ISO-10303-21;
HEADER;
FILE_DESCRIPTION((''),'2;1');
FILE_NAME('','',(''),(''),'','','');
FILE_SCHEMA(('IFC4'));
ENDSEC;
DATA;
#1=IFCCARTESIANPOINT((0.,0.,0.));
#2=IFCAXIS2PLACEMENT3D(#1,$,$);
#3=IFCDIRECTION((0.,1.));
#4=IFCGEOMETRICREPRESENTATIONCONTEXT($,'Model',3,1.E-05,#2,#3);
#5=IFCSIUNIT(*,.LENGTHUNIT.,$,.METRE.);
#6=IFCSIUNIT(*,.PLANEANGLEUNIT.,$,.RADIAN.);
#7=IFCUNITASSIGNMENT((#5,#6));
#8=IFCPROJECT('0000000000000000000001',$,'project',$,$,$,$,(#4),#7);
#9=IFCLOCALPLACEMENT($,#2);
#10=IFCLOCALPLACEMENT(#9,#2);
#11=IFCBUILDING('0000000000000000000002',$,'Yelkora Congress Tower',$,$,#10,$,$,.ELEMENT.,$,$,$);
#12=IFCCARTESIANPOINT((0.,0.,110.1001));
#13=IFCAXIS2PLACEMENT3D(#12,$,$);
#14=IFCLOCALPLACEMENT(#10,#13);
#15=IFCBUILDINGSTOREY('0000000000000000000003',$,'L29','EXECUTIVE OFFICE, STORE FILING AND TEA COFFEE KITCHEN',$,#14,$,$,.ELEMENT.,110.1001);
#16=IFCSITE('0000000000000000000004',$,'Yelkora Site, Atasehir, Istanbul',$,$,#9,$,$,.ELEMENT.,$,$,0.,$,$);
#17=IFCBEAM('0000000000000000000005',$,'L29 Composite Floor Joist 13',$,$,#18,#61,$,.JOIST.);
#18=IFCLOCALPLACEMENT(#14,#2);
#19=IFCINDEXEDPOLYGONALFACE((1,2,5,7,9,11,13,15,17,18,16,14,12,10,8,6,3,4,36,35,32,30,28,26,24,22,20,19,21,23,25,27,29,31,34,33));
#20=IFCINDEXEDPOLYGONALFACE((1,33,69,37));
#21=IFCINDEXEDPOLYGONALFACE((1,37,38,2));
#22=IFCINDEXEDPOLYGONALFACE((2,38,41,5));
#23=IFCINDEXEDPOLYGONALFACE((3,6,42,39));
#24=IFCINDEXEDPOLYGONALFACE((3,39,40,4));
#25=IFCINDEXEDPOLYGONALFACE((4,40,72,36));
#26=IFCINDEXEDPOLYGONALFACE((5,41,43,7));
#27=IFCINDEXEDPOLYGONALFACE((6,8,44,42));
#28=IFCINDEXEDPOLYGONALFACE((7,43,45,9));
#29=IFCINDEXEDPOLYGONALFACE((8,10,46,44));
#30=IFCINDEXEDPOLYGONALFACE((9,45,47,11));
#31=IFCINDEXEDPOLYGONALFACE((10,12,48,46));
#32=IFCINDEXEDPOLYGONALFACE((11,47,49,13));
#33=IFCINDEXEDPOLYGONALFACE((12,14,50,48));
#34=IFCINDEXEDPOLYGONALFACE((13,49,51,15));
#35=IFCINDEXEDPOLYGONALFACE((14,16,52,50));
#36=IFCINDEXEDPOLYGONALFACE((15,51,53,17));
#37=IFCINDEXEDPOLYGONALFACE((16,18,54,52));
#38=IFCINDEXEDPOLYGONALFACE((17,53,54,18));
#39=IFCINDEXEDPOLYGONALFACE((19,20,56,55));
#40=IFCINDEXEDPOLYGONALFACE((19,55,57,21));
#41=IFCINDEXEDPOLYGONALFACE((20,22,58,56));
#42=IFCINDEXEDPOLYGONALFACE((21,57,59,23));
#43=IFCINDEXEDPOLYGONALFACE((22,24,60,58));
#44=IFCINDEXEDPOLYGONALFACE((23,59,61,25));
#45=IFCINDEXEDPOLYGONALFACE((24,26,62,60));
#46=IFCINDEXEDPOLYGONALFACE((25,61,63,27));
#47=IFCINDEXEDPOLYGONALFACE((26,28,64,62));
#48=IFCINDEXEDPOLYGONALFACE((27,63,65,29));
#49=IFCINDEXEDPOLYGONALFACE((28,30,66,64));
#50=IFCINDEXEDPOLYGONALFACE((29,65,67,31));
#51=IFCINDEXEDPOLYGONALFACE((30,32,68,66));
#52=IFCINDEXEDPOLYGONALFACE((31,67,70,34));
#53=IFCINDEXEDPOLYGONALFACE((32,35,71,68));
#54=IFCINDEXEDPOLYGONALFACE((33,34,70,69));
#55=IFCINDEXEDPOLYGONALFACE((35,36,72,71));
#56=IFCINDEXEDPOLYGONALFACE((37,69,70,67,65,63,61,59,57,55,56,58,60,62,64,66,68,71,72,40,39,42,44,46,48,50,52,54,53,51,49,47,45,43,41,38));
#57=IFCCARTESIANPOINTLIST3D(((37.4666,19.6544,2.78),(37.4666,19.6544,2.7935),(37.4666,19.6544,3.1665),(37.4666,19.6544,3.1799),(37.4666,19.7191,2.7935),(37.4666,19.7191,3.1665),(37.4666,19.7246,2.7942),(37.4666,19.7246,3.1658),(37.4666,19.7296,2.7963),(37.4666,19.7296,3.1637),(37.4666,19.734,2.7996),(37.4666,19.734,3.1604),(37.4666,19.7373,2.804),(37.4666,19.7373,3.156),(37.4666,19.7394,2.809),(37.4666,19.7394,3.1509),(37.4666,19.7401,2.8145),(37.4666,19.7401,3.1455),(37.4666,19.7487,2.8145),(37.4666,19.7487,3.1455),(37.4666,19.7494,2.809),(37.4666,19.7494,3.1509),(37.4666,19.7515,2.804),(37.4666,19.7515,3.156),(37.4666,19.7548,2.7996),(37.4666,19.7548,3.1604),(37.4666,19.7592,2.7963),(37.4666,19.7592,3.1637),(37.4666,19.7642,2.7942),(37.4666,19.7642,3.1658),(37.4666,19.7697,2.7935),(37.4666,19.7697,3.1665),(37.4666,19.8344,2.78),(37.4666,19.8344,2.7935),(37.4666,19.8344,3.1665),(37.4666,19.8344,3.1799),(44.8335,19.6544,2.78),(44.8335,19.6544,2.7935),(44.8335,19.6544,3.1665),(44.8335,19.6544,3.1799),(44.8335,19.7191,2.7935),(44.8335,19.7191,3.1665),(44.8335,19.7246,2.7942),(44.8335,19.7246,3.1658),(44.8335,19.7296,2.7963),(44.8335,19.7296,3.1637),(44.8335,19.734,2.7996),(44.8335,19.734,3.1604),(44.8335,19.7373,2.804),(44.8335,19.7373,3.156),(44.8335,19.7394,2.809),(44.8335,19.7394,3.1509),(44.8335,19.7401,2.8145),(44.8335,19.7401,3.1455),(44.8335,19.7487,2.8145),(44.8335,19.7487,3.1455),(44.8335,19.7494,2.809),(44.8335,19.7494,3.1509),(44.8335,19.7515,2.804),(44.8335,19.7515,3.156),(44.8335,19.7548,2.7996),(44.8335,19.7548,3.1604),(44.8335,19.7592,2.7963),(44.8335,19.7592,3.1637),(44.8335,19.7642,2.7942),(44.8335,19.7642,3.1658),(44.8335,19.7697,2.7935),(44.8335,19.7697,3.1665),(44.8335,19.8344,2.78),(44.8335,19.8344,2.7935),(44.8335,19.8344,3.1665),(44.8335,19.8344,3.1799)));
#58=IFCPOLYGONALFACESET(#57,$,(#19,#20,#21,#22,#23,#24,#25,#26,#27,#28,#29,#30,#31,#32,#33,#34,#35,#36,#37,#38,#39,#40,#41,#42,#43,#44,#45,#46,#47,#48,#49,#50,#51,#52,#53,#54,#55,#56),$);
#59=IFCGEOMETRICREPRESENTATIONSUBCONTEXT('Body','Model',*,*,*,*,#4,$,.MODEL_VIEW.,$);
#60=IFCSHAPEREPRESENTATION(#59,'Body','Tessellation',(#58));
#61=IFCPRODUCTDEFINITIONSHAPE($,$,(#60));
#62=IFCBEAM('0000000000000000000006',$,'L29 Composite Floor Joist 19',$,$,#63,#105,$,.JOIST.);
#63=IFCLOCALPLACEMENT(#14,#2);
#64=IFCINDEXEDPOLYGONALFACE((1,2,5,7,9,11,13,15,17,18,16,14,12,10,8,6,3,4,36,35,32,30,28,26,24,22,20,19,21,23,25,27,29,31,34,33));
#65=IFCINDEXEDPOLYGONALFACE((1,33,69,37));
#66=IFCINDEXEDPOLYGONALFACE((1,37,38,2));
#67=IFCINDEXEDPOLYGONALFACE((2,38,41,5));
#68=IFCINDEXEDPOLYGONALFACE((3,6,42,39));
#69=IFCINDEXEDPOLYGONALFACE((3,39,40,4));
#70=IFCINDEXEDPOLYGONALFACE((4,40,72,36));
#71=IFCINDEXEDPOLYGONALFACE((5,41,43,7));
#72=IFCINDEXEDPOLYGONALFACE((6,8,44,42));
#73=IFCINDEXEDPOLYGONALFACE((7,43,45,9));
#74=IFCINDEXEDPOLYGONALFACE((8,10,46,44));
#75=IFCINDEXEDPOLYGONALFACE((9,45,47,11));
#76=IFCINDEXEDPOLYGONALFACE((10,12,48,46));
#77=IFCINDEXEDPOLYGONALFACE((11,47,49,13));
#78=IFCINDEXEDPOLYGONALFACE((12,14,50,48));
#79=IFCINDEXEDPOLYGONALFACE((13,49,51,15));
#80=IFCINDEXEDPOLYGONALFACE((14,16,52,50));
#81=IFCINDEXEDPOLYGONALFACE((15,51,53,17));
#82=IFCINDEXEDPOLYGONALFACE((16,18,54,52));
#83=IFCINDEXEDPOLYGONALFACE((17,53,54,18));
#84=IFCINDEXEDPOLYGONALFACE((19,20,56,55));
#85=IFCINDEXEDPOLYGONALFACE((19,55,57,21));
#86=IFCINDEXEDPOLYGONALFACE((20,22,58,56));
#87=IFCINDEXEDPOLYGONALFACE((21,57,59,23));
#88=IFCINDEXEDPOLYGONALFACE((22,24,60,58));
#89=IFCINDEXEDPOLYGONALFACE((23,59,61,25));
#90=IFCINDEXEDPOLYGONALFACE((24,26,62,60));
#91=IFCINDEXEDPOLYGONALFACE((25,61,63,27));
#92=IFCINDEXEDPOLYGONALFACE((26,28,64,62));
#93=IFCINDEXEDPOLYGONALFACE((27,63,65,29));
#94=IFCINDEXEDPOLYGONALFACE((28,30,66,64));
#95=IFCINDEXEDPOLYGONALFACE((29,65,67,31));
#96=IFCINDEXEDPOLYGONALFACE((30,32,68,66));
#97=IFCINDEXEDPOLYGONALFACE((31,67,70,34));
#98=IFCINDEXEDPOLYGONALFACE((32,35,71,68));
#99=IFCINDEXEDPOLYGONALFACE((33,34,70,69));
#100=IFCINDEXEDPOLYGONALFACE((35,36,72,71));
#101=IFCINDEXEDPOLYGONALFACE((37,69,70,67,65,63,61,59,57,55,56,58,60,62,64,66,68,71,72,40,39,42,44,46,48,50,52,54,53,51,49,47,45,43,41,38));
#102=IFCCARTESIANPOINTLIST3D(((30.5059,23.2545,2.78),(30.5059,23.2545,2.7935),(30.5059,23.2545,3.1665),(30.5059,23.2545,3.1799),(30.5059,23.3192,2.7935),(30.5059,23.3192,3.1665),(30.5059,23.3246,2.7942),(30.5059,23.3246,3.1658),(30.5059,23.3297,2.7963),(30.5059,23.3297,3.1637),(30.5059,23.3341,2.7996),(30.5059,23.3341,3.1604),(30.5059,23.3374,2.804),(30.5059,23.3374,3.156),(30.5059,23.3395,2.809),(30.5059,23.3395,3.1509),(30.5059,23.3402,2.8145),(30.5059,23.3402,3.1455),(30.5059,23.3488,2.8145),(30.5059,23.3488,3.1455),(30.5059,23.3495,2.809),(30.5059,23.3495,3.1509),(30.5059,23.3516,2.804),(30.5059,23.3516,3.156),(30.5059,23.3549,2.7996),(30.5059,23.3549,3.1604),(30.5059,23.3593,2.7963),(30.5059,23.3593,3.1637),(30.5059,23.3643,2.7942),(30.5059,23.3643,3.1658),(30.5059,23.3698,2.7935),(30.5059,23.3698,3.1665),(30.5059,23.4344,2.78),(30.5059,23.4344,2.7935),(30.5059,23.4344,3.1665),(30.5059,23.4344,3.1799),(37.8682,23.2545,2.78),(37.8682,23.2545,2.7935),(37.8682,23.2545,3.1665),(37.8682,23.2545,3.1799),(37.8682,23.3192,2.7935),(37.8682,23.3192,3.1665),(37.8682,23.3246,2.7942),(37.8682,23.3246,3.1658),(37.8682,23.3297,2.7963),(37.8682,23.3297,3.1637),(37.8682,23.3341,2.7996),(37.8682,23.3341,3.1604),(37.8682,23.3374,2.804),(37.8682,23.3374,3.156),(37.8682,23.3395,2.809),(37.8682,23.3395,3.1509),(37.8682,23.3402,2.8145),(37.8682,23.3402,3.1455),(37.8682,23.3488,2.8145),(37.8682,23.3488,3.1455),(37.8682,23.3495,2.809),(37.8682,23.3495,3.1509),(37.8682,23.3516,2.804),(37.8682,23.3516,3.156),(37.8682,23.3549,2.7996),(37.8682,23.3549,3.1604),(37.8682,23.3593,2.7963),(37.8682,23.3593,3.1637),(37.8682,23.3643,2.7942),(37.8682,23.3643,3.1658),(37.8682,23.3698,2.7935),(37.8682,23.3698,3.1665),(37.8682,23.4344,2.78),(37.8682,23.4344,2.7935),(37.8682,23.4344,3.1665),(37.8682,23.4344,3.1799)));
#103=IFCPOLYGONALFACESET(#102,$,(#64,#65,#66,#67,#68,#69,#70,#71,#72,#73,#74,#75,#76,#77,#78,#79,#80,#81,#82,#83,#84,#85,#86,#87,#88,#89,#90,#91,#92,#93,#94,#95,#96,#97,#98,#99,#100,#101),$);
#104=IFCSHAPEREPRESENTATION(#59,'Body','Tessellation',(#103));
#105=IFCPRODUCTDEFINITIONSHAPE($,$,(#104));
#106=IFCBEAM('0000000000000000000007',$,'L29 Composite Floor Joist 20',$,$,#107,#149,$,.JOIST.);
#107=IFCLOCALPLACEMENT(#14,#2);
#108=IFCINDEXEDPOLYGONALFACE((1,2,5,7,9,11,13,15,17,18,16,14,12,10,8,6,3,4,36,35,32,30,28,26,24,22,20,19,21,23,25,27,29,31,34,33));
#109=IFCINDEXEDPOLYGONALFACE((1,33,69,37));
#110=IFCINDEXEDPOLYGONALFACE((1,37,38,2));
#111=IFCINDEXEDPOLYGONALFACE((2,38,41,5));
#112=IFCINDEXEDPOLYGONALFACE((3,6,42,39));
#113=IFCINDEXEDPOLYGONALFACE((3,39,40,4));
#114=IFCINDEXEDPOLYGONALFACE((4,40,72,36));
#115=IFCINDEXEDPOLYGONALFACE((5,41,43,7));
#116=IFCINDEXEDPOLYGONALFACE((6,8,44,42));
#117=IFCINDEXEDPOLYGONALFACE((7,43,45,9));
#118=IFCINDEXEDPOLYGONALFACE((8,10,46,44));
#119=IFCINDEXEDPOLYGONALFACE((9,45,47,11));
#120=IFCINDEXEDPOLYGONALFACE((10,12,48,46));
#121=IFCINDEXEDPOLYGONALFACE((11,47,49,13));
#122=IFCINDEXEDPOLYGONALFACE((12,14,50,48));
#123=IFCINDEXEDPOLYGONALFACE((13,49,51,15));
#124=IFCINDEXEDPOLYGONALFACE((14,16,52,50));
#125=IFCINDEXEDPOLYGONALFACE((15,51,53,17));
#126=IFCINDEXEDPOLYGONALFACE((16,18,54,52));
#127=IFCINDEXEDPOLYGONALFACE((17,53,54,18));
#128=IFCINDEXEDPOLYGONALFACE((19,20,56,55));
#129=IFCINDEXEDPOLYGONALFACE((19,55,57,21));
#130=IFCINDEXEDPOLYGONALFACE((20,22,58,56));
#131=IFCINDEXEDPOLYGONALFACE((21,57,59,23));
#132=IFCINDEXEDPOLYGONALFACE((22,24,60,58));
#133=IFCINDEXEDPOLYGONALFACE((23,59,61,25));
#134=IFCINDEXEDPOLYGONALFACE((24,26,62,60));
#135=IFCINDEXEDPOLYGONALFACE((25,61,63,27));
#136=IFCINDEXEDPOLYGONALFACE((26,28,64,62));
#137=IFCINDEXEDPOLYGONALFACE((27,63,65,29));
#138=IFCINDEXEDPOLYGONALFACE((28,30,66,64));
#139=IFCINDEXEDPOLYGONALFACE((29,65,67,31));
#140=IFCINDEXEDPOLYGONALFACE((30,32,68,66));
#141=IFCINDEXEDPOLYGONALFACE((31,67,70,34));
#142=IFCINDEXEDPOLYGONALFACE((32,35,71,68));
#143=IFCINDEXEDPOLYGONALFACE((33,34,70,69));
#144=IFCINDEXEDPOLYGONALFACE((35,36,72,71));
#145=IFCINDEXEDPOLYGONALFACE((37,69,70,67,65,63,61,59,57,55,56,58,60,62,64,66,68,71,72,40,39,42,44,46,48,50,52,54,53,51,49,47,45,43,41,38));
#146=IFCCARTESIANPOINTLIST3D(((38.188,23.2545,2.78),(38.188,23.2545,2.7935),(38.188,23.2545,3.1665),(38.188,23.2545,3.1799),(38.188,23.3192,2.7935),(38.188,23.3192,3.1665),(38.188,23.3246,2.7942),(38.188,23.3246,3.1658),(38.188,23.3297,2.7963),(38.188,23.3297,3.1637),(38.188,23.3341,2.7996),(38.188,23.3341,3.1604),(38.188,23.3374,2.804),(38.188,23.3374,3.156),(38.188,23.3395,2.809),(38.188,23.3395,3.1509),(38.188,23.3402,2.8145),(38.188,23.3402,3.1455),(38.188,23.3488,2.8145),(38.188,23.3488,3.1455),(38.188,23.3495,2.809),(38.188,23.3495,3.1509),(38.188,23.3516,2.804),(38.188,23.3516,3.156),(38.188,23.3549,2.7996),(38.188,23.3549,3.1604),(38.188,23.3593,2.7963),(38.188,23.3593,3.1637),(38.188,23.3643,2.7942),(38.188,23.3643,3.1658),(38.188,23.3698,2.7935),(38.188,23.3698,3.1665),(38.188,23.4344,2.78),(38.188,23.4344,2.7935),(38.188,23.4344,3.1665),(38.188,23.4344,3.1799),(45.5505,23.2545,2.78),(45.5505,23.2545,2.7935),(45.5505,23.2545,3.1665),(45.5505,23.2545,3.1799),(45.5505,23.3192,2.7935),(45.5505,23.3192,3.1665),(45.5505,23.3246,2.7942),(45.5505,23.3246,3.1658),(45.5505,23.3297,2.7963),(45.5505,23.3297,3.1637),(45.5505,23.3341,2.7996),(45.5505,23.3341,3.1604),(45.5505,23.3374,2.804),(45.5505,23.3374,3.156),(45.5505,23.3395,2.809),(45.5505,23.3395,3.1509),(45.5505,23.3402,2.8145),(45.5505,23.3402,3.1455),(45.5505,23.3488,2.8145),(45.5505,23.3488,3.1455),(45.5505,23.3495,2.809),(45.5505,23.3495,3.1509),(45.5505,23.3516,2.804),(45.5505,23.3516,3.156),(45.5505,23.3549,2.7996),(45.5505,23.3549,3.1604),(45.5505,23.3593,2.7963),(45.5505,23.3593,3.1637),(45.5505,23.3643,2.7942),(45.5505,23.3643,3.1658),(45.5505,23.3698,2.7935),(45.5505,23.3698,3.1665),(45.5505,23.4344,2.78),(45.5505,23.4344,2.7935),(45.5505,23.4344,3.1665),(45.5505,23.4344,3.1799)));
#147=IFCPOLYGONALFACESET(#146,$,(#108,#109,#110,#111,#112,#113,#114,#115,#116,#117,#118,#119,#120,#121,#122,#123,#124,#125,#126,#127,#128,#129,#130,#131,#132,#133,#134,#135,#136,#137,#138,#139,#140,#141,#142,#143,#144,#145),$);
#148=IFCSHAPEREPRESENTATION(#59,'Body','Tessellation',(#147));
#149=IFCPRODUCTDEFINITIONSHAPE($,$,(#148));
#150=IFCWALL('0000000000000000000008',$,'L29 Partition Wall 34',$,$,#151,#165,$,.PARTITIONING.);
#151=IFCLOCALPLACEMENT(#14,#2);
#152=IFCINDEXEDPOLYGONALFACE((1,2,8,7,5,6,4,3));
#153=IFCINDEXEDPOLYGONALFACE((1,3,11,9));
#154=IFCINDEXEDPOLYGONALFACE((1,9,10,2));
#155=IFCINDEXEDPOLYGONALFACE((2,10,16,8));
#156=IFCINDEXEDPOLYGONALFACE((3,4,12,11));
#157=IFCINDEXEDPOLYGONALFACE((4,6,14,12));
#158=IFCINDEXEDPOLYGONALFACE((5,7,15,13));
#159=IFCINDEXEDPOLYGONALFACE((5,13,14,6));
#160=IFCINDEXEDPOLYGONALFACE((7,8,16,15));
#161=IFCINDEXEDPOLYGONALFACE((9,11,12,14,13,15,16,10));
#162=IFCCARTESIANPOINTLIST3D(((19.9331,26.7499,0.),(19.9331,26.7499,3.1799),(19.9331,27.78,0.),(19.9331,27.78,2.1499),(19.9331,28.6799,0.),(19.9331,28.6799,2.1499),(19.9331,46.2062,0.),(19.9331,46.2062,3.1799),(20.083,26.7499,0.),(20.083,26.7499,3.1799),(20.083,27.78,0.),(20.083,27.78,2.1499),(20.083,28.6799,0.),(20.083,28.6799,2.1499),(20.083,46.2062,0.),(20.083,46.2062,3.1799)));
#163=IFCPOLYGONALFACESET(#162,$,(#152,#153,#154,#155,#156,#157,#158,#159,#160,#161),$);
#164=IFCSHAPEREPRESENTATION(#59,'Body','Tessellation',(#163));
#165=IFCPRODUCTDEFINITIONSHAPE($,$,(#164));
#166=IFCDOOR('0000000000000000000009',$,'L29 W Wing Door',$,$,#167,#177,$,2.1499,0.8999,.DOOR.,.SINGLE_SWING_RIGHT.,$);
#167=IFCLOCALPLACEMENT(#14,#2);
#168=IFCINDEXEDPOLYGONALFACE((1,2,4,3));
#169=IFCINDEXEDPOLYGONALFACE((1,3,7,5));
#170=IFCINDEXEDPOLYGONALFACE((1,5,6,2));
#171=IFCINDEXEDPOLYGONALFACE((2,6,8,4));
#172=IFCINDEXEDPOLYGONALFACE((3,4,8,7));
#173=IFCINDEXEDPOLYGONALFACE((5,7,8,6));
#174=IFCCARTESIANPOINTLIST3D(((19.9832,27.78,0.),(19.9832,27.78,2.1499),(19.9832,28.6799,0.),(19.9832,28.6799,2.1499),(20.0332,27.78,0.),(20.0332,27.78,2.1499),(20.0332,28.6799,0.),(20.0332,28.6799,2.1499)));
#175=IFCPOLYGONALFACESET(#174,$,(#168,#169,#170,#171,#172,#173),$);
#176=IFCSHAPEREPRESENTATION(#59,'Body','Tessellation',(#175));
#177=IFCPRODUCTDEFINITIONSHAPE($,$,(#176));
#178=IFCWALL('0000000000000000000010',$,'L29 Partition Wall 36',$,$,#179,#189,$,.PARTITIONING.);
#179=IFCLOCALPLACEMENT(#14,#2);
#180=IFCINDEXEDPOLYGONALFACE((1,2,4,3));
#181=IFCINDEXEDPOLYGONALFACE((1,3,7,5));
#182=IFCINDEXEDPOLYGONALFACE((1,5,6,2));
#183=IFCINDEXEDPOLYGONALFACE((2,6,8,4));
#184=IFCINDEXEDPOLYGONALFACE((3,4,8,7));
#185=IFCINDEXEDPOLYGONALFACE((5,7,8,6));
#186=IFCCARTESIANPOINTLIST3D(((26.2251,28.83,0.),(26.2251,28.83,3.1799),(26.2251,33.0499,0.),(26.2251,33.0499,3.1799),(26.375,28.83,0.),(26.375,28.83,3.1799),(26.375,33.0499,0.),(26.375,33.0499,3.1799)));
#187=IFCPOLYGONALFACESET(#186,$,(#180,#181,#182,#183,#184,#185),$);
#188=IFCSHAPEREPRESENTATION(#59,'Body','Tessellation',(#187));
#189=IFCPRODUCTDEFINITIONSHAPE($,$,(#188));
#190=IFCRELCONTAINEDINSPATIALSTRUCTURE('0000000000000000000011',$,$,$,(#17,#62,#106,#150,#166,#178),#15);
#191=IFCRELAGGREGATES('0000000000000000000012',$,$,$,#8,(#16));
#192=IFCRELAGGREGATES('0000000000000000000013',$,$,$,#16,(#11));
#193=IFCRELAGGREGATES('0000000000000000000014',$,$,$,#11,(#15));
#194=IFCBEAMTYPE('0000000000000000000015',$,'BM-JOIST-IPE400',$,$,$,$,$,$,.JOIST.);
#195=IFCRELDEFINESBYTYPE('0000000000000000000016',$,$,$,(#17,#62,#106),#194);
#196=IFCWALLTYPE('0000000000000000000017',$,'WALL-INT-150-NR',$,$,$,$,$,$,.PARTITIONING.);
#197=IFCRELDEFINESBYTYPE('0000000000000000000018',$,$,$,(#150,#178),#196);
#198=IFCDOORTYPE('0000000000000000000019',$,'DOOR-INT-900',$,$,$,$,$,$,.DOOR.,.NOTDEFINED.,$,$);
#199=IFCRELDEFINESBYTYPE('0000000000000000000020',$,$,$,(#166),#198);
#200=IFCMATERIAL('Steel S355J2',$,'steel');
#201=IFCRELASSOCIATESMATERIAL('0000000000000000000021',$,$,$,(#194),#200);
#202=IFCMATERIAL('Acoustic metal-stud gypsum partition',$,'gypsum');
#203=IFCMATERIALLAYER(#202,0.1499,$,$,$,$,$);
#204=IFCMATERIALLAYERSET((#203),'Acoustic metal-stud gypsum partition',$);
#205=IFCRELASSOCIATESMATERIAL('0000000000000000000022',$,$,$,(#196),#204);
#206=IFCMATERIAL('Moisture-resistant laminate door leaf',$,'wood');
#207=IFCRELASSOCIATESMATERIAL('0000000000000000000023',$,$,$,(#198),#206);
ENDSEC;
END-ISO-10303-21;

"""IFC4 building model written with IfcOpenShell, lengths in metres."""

from ifc_helpers import new_model, si_unit, direction, frame, frame_2d, origin, origin_2d, place, context, subcontext, project, spatial, rectangle, i_section, extrude, material, layer, layer_set, material_profile, profile_set, type_object, element, fill, save


model = new_model("IFC4")

# Units and contexts
model_context = context("Model", 3, precision=1e-05, world=origin(), true_north=direction((0.0, 1.0)))
body_context = subcontext(model_context, "Body", "Model", "MODEL_VIEW")
ifc_project = project(units=[si_unit("LENGTHUNIT", "METRE"), si_unit("PLANEANGLEUNIT", "RADIAN")], contexts=[model_context])

# Site, building, storey
site_placement = place(None, origin())
site = spatial("IfcSite", under=ifc_project, at=site_placement, Name="Yelkora Site, Atasehir, Istanbul", CompositionType="ELEMENT", RefElevation=0.0)
building_placement = place(site_placement, origin())
building = spatial("IfcBuilding", under=site, at=building_placement, Name="Yelkora Congress Tower", CompositionType="ELEMENT")
storey_placement = place(building_placement, frame((0.0, 0.0, 110.1001)))
storey = spatial("IfcBuildingStorey", under=building, at=storey_placement, Name="L29", Description="EXECUTIVE OFFICE, STORE FILING AND TEA COFFEE KITCHEN", CompositionType="ELEMENT", Elevation=110.1001)

# Beams
ifc_material_1 = material(Name="Steel S355J2", Category="steel")
ifc_material_profile_1 = material_profile(ifc_material_1, i_section(OverallWidth=0.1799, OverallDepth=0.3999, WebThickness=0.0085, FlangeThickness=0.0134, FilletRadius=0.021, at=origin_2d()), Name="IPE 400")
ifc_profile_set_1 = profile_set([ifc_material_profile_1], Name="Steel S355J2")
beam_type_1 = type_object("IfcBeamType", Name="BM-JOIST-IPE400", PredefinedType="JOIST", material=ifc_profile_set_1)
beam_1_placement = place(storey_placement, frame((37.4666, 19.7444, 2.98), z_axis=(1.0, 0.0, 0.0), x_axis=(0.0, 1.0, 0.0)))
element("IfcBeam", 1, at=beam_1_placement, inside=storey, type_object=beam_type_1, Name="L29 Composite Floor Joist 13", PredefinedType="JOIST", context=body_context, shape_type="SweptSolid", body=[
    extrude(i_section(OverallWidth=0.1799, OverallDepth=0.3999, WebThickness=0.0085, FlangeThickness=0.0134, FilletRadius=0.021, at=origin_2d()), origin(), (0.0, 0.0, 1.0), 7.3669),
])
beam_2_placement = place(storey_placement, frame((30.5059, 23.3445, 2.98), z_axis=(1.0, 0.0, 0.0), x_axis=(0.0, 1.0, 0.0)))
element("IfcBeam", 2, at=beam_2_placement, inside=storey, type_object=beam_type_1, Name="L29 Composite Floor Joist 19", PredefinedType="JOIST", context=body_context, shape_type="SweptSolid", body=[
    extrude(i_section(OverallWidth=0.1799, OverallDepth=0.3999, WebThickness=0.0085, FlangeThickness=0.0134, FilletRadius=0.021, at=origin_2d()), origin(), (0.0, 0.0, 1.0), 7.3623),
])
beam_3_placement = place(storey_placement, frame((38.188, 23.3445, 2.98), z_axis=(1.0, 0.0, 0.0), x_axis=(0.0, 1.0, 0.0)))
element("IfcBeam", 3, at=beam_3_placement, inside=storey, type_object=beam_type_1, Name="L29 Composite Floor Joist 20", PredefinedType="JOIST", context=body_context, shape_type="SweptSolid", body=[
    extrude(i_section(OverallWidth=0.1799, OverallDepth=0.3999, WebThickness=0.0085, FlangeThickness=0.0134, FilletRadius=0.021, at=origin_2d()), origin(), (0.0, 0.0, 1.0), 7.3625),
])

# Wall, opening, door
ifc_material_2 = material(Name="Acoustic metal-stud gypsum partition", Category="gypsum")
ifc_layer = layer(ifc_material_2, 0.1499)
ifc_layer_set = layer_set([ifc_layer], Name="Acoustic metal-stud gypsum partition")
wall_type = type_object("IfcWallType", Name="WALL-INT-150-NR", PredefinedType="PARTITIONING", material=ifc_layer_set)
wall_1_placement = place(storey_placement, frame((20.0081, 26.75, 0.0), z_axis=(0.0, 0.0, 1.0), x_axis=(0.0, 1.0, 0.0)))
wall_1 = element("IfcWall", 4, at=wall_1_placement, inside=storey, type_object=wall_type, Name="L29 Partition Wall 34", PredefinedType="PARTITIONING", context=body_context, shape_type="SweptSolid", body=[
    extrude(rectangle(XDim=19.4563, YDim=0.1499, at=frame_2d((9.728, 0.0))), origin(), (0.0, 0.0, 1.0), 3.1799),
])
opening_1_placement = place(wall_1_placement, frame((1.03, 0.0, 0.0)))
opening_1 = element("IfcOpeningElement", 5, at=opening_1_placement, cuts=wall_1, PredefinedType="OPENING", context=body_context, shape_type="SweptSolid", body=[
    extrude(rectangle(XDim=0.8999, YDim=2.1499, at=frame_2d((0.45, 1.075))), frame((0.0, 0.085, 0.0), z_axis=(0.0, -1.0, 0.0), x_axis=(1.0, 0.0, 0.0)), (0.0, 0.0, 1.0), 0.1699),
])
ifc_material_3 = material(Name="Moisture-resistant laminate door leaf", Category="wood")
door_type = type_object("IfcDoorType", Name="DOOR-INT-900", OperationType="NOTDEFINED", PredefinedType="DOOR", material=ifc_material_3)
door_1_placement = place(opening_1_placement, origin())
door_1 = element("IfcDoor", 6, at=door_1_placement, inside=storey, type_object=door_type, Name="L29 W Wing Door", OperationType="SINGLE_SWING_RIGHT", OverallHeight=2.1499, OverallWidth=0.8999, PredefinedType="DOOR", context=body_context, shape_type="SweptSolid", body=[
    extrude(rectangle(XDim=0.8999, YDim=2.1499, at=frame_2d((0.45, 1.075))), frame((0.0, 0.0249, 0.0), z_axis=(0.0, -1.0, 0.0), x_axis=(1.0, 0.0, 0.0)), (0.0, 0.0, 1.0), 0.05),
])
fill(opening_1, door_1)

# Wall
for number, where, z_axis, x_axis, name in (
    (7, (26.3, 28.8301, 0.0), (0.0, 0.0, 1.0), (0.0, 1.0, 0.0), "L29 Partition Wall 36"),
):
    element("IfcWall", number, at=place(storey_placement, frame(where, z_axis=z_axis, x_axis=x_axis)), inside=storey, type_object=wall_type, Name=name, PredefinedType="PARTITIONING", context=body_context, shape_type="SweptSolid", body=[
        extrude(rectangle(XDim=4.22, YDim=0.1499, at=frame_2d((2.1099, 0.0))), origin(), (0.0, 0.0, 1.0), 3.1799),
    ])

save(model, "model.ifc")
